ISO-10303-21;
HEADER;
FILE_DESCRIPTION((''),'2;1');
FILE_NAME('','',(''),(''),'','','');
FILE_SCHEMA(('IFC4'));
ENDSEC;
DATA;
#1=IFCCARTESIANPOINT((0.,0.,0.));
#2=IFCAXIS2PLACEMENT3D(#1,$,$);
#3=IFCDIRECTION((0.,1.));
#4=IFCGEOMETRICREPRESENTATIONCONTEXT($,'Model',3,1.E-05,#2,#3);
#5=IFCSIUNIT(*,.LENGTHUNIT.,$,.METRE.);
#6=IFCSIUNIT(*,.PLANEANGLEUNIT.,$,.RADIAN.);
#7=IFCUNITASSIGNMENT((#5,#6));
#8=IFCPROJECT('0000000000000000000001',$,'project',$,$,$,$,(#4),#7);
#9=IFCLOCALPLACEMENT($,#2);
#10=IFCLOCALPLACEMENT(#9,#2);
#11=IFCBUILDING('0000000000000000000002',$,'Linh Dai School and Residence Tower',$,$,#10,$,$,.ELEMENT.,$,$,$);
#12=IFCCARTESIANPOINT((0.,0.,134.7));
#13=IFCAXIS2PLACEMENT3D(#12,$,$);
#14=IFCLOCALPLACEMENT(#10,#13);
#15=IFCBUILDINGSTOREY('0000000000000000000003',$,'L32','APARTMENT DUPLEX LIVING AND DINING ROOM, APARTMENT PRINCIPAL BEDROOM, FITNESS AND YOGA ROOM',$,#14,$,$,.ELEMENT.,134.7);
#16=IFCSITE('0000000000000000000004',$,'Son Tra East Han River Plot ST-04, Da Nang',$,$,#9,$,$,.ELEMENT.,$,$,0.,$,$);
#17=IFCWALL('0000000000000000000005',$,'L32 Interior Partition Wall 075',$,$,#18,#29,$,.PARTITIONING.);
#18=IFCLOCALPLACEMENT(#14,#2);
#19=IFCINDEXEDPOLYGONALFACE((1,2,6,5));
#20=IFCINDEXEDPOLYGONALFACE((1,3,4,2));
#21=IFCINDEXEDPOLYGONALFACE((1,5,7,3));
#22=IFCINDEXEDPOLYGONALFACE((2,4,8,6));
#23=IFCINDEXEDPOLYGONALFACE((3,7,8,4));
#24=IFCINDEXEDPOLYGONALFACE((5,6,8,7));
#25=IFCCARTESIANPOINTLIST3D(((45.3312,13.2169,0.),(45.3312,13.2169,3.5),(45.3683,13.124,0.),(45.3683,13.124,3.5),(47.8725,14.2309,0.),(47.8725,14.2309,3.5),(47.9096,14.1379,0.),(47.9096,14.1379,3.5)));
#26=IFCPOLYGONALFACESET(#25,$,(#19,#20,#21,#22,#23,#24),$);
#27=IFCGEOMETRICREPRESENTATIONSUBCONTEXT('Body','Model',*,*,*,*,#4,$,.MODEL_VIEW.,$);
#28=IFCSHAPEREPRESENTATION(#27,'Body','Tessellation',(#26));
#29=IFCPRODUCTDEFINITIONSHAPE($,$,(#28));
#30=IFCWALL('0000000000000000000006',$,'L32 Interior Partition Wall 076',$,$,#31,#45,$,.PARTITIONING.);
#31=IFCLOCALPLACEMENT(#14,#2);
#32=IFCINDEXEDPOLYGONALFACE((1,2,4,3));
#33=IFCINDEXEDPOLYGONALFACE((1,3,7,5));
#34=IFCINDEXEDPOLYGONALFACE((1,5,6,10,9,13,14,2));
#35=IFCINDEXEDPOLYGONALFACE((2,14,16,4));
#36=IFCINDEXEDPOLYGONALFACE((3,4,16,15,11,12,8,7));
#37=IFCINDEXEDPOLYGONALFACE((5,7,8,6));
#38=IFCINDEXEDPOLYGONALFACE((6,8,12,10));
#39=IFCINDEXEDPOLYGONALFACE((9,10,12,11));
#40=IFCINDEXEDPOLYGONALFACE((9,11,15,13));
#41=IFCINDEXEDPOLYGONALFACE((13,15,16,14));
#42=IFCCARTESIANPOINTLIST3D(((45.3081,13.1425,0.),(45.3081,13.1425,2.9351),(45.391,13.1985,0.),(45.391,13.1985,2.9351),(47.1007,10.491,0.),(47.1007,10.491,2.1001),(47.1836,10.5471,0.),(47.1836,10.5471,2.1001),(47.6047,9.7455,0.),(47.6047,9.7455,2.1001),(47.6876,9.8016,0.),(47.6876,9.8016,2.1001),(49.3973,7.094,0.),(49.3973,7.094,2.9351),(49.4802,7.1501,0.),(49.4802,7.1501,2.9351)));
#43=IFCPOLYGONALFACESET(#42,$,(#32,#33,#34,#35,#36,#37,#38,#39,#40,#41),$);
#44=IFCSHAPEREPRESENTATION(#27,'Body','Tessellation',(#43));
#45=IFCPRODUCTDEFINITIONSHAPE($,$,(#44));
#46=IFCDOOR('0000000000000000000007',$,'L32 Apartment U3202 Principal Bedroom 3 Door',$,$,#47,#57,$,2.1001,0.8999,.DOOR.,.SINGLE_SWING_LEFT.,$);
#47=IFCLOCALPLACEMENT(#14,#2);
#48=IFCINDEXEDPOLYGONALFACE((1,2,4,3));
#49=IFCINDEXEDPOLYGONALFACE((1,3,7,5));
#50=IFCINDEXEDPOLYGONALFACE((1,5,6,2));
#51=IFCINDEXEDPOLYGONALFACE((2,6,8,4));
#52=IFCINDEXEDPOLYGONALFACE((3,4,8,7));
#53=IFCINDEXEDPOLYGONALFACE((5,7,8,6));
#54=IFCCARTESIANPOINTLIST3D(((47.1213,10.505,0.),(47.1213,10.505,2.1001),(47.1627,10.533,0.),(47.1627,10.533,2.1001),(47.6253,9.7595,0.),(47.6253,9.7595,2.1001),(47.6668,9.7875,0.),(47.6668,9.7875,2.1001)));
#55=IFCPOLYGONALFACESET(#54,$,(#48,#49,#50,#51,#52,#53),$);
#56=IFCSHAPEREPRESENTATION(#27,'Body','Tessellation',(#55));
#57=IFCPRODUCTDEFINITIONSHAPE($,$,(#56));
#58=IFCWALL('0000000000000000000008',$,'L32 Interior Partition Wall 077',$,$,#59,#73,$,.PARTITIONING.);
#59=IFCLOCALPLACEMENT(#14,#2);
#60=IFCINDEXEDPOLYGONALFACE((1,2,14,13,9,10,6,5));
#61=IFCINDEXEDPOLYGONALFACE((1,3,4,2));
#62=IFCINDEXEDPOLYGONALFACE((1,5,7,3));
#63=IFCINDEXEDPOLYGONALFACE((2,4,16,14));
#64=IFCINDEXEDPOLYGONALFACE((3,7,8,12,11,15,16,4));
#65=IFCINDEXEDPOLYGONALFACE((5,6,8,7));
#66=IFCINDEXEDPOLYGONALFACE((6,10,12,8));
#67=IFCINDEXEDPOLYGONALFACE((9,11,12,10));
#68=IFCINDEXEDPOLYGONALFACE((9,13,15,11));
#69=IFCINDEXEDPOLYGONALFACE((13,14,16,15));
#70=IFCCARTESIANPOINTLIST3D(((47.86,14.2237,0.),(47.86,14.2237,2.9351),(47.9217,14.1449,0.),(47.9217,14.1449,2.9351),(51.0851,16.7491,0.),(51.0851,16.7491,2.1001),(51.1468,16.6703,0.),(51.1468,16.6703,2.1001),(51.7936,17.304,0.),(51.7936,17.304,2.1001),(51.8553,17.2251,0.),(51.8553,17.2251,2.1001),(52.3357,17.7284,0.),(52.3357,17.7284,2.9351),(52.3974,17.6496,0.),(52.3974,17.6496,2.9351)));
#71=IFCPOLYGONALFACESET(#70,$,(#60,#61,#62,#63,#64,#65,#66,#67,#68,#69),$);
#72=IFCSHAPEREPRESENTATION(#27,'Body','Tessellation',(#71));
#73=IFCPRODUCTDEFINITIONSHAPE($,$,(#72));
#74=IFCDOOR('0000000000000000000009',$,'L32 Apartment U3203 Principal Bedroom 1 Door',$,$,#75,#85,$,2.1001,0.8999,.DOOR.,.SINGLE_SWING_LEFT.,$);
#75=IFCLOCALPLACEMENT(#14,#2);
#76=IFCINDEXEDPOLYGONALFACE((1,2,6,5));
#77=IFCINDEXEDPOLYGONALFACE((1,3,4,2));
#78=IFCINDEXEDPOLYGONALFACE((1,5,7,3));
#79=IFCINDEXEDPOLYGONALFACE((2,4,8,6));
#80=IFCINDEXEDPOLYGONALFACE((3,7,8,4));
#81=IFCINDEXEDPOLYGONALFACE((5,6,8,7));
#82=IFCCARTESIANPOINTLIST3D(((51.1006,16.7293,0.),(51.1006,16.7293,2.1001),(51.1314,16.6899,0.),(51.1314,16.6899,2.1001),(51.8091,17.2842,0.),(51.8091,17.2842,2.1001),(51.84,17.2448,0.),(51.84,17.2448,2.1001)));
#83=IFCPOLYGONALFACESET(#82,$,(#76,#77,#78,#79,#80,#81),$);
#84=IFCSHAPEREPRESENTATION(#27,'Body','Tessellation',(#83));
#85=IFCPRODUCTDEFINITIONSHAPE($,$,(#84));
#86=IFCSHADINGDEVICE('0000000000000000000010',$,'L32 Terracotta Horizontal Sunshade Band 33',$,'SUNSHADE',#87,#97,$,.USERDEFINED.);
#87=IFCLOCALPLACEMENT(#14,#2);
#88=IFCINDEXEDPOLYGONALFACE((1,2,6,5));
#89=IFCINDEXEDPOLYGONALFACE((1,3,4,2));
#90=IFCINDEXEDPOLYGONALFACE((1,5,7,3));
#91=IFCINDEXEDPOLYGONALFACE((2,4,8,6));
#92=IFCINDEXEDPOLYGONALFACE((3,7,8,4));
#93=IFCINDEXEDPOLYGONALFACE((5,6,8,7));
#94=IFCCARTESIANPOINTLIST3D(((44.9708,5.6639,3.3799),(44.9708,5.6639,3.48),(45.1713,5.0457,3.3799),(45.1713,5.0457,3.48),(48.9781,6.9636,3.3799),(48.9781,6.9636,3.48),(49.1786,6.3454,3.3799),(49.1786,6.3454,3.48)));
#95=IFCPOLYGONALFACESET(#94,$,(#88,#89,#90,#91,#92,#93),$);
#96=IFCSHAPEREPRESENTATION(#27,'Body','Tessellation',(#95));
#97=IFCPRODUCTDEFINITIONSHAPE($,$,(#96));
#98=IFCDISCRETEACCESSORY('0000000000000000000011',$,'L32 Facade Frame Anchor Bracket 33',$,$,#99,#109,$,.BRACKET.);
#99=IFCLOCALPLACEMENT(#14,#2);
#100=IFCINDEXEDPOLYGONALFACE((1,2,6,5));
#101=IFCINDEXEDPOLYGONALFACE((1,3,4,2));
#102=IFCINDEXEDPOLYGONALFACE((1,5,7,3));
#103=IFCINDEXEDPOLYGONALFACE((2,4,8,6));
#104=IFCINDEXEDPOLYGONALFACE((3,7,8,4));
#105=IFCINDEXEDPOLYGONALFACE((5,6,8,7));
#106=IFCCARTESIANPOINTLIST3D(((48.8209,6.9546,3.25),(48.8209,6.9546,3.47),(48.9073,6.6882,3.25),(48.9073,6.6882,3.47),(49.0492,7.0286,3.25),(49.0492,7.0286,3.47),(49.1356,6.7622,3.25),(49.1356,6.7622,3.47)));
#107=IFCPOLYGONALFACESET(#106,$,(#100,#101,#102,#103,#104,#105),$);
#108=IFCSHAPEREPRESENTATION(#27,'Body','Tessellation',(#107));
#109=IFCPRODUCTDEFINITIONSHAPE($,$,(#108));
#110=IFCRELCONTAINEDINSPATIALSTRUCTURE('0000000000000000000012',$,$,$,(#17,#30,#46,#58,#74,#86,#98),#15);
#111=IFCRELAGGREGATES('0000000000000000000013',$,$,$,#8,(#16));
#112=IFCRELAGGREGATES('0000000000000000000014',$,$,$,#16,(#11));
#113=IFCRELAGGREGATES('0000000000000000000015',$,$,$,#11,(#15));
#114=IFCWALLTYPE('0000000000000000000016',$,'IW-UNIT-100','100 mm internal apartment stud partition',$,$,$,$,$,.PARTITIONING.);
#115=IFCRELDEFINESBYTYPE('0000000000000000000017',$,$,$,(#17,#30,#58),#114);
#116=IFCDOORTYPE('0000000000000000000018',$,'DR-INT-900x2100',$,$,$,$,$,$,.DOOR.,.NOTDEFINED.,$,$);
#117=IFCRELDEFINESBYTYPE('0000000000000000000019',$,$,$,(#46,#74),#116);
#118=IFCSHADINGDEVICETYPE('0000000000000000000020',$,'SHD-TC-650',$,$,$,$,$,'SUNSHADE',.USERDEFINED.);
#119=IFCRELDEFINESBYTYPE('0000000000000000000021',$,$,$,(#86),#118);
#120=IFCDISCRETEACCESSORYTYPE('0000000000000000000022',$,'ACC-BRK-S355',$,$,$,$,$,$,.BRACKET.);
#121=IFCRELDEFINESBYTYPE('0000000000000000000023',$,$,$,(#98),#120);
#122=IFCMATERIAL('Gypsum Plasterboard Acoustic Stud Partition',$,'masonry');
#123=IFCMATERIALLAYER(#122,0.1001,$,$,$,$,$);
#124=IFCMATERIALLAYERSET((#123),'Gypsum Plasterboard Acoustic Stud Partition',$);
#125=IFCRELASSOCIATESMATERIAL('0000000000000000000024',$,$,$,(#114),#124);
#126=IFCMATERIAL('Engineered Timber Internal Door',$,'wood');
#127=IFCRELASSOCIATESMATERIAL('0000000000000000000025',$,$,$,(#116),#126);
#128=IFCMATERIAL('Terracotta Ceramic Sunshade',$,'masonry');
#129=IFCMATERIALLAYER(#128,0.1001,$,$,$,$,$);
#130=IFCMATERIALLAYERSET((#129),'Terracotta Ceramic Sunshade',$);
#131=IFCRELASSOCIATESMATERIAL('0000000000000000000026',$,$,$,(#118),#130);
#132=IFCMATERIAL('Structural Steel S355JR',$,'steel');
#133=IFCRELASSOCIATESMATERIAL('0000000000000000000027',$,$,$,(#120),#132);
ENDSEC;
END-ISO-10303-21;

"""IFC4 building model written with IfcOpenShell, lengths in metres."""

from ifc_helpers import new_model, si_unit, direction, frame, frame_2d, origin, origin_2d, place, context, subcontext, project, spatial, rectangle, extrude, source, transform, mapped, material, layer, layer_set, type_object, element, fill, save


model = new_model("IFC4")

# Units and contexts
model_context = context("Model", 3, precision=1e-05, world=origin(), true_north=direction((0.0, 1.0)))
body_context = subcontext(model_context, "Body", "Model", "MODEL_VIEW")
ifc_project = project(units=[si_unit("LENGTHUNIT", "METRE"), si_unit("PLANEANGLEUNIT", "RADIAN")], contexts=[model_context])

# Site, building, storey
site_placement = place(None, origin())
site = spatial("IfcSite", under=ifc_project, at=site_placement, Name="Son Tra East Han River Plot ST-04, Da Nang", CompositionType="ELEMENT", RefElevation=0.0)
building_placement = place(site_placement, origin())
building = spatial("IfcBuilding", under=site, at=building_placement, Name="Linh Dai School and Residence Tower", CompositionType="ELEMENT")
storey_placement = place(building_placement, frame((0.0, 0.0, 134.7)))
storey = spatial("IfcBuildingStorey", under=building, at=storey_placement, Name="L32", Description="APARTMENT DUPLEX LIVING AND DINING ROOM, APARTMENT PRINCIPAL BEDROOM, FITNESS AND YOGA ROOM", CompositionType="ELEMENT", Elevation=134.7)

# Shared definitions
ifc_material_1 = material(Name="Structural Steel S355JR", Category="steel")

# Wall
ifc_material_2 = material(Name="Gypsum Plasterboard Acoustic Stud Partition", Category="masonry")
ifc_layer_1 = layer(ifc_material_2, 0.1001)
ifc_layer_set_1 = layer_set([ifc_layer_1], Name="Gypsum Plasterboard Acoustic Stud Partition")
wall_type_1 = type_object("IfcWallType", Name="IW-UNIT-100", Description="100 mm internal apartment stud partition", PredefinedType="PARTITIONING", material=ifc_layer_set_1)
wall_1_placement = place(storey_placement, frame((45.3496, 13.1704, 0.0), z_axis=(0.0, 0.0, 1.0), x_axis=(0.928802, 0.370575, 0.0)))
element("IfcWall", 1, at=wall_1_placement, inside=storey, type_object=wall_type_1, Name="L32 Interior Partition Wall 075", PredefinedType="PARTITIONING", context=body_context, shape_type="SweptSolid", body=[
    extrude(rectangle(XDim=2.7361, YDim=0.1001, at=frame_2d((1.3682, 0.0))), origin(), (0.0, 0.0, 1.0), 3.5),
])

# Walls, openings, doors
wall_2_placement = place(storey_placement, frame((45.3496, 13.1704, 0.0), z_axis=(0.0, 0.0, 1.0), x_axis=(0.560083, -0.828437, 0.0)))
wall_2 = element("IfcWall", 2, at=wall_2_placement, inside=storey, type_object=wall_type_1, Name="L32 Interior Partition Wall 076", PredefinedType="PARTITIONING", context=body_context, shape_type="SweptSolid", body=[
    extrude(rectangle(XDim=7.301, YDim=0.1001, at=frame_2d((3.6504, 0.0))), origin(), (0.0, 0.0, 1.0), 2.9351),
])
opening_1_placement = place(wall_2_placement, frame((3.2004, 0.0, 0.0)))
opening_1 = element("IfcOpeningElement", 3, at=opening_1_placement, cuts=wall_2, PredefinedType="OPENING", context=body_context, shape_type="SweptSolid", body=[
    extrude(rectangle(XDim=0.8999, YDim=2.1001, at=origin_2d()), frame((0.45, 0.0601, 1.05), z_axis=(0.0, -1.0, 0.0), x_axis=(1.0, 0.0, 0.0)), (0.0, 0.0, 1.0), 0.1201),
])
ifc_material_3 = material(Name="Engineered Timber Internal Door", Category="wood")
door_type_1 = type_object("IfcDoorType", Name="DR-INT-900x2100", OperationType="NOTDEFINED", PredefinedType="DOOR", material=ifc_material_3)
shared_shape_1 = source(origin(), body_context, "Body", "SweptSolid", [
    extrude(rectangle(XDim=0.8999, YDim=2.1001, at=origin_2d()), frame((0.45, 0.0249, 1.05), z_axis=(0.0, -1.0, 0.0), x_axis=(1.0, 0.0, 0.0)), (0.0, 0.0, 1.0), 0.05),
])
door_1_placement = place(opening_1_placement, origin())
door_1 = element("IfcDoor", 4, at=door_1_placement, inside=storey, type_object=door_type_1, Name="L32 Apartment U3202 Principal Bedroom 3 Door", OperationType="SINGLE_SWING_LEFT", OverallHeight=2.1001, OverallWidth=0.8999, PredefinedType="DOOR", context=body_context, shape_type="MappedRepresentation", body=[
    mapped(shared_shape_1, transform((0.0, 0.0, 0.0), x_axis=(1.0, 0.0, 0.0), y_axis=(0.0, 1.0, 0.0), z_axis=(0.0, 0.0, 1.0), scale=1.0)),
])
fill(opening_1, door_1)
wall_3_placement = place(storey_placement, frame((47.8909, 14.1843, 0.0), z_axis=(0.0, 0.0, 1.0), x_axis=(0.787334, 0.616527, 0.0)))
wall_3 = element("IfcWall", 5, at=wall_3_placement, inside=storey, type_object=wall_type_1, Name="L32 Interior Partition Wall 077", PredefinedType="PARTITIONING", context=body_context, shape_type="SweptSolid", body=[
    extrude(rectangle(XDim=5.6846, YDim=0.1001, at=frame_2d((2.8423, 0.0))), origin(), (0.0, 0.0, 1.0), 2.9351),
])
opening_2_placement = place(wall_3_placement, frame((4.0962, 0.0, 0.0)))
opening_2 = element("IfcOpeningElement", 6, at=opening_2_placement, cuts=wall_3, PredefinedType="OPENING", context=body_context, shape_type="SweptSolid", body=[
    extrude(rectangle(XDim=0.8999, YDim=2.1001, at=origin_2d()), frame((0.45, 0.0601, 1.05), z_axis=(0.0, -1.0, 0.0), x_axis=(1.0, 0.0, 0.0)), (0.0, 0.0, 1.0), 0.1201),
])
door_2_placement = place(opening_2_placement, origin())
door_2 = element("IfcDoor", 7, at=door_2_placement, inside=storey, type_object=door_type_1, Name="L32 Apartment U3203 Principal Bedroom 1 Door", OperationType="SINGLE_SWING_LEFT", OverallHeight=2.1001, OverallWidth=0.8999, PredefinedType="DOOR", context=body_context, shape_type="MappedRepresentation", body=[
    mapped(shared_shape_1, transform((0.0, 0.0, 0.0), x_axis=(1.0, 0.0, 0.0), y_axis=(0.0, 1.0, 0.0), z_axis=(0.0, 0.0, 1.0), scale=1.0)),
])
fill(opening_2, door_2)

# Shading device
ifc_material_4 = material(Name="Terracotta Ceramic Sunshade", Category="masonry")
ifc_layer_2 = layer(ifc_material_4, 0.1001)
ifc_layer_set_2 = layer_set([ifc_layer_2], Name="Terracotta Ceramic Sunshade")
shading_device_type = type_object("IfcShadingDeviceType", Name="SHD-TC-650", ElementType="SUNSHADE", PredefinedType="USERDEFINED", material=ifc_layer_set_2)
shared_shape_2 = source(origin(), body_context, "Body", "SweptSolid", [
    extrude(rectangle(XDim=4.2129, YDim=0.6499, at=origin_2d()), origin(), (0.0, 0.0, 1.0), 0.1001),
])
shading_device_placement = place(storey_placement, frame((47.0747, 6.0046, 3.3799), z_axis=(0.0, 0.0, 1.0), x_axis=(-0.951217, -0.308522, 0.0)))
element("IfcShadingDevice", 8, at=shading_device_placement, inside=storey, type_object=shading_device_type, Name="L32 Terracotta Horizontal Sunshade Band 33", ObjectType="SUNSHADE", PredefinedType="USERDEFINED", context=body_context, shape_type="MappedRepresentation", body=[
    mapped(shared_shape_2, transform((0.0, 0.0, 0.0), x_axis=(1.0, 0.0, 0.0), y_axis=(0.0, 1.0, 0.0), z_axis=(0.0, 0.0, 1.0), scale=1.0)),
])

# Discrete accessory
discrete_accessory_type = type_object("IfcDiscreteAccessoryType", Name="ACC-BRK-S355", PredefinedType="BRACKET", material=ifc_material_1)
shared_shape_3 = source(origin(), body_context, "Body", "SweptSolid", [
    extrude(rectangle(XDim=0.28, YDim=0.24, at=origin_2d()), origin(), (0.0, 0.0, 1.0), 0.22),
])
discrete_accessory_placement = place(storey_placement, frame((48.9783, 6.8584, 3.25), z_axis=(0.0, 0.0, 1.0), x_axis=(0.308522, -0.951217, 0.0)))
element("IfcDiscreteAccessory", 9, at=discrete_accessory_placement, inside=storey, type_object=discrete_accessory_type, Name="L32 Facade Frame Anchor Bracket 33", PredefinedType="BRACKET", context=body_context, shape_type="MappedRepresentation", body=[
    mapped(shared_shape_3, transform((0.0, 0.0, 0.0), x_axis=(1.0, 0.0, 0.0), y_axis=(0.0, 1.0, 0.0), z_axis=(0.0, 0.0, 1.0), scale=1.0)),
])

save(model, "model.ifc")
